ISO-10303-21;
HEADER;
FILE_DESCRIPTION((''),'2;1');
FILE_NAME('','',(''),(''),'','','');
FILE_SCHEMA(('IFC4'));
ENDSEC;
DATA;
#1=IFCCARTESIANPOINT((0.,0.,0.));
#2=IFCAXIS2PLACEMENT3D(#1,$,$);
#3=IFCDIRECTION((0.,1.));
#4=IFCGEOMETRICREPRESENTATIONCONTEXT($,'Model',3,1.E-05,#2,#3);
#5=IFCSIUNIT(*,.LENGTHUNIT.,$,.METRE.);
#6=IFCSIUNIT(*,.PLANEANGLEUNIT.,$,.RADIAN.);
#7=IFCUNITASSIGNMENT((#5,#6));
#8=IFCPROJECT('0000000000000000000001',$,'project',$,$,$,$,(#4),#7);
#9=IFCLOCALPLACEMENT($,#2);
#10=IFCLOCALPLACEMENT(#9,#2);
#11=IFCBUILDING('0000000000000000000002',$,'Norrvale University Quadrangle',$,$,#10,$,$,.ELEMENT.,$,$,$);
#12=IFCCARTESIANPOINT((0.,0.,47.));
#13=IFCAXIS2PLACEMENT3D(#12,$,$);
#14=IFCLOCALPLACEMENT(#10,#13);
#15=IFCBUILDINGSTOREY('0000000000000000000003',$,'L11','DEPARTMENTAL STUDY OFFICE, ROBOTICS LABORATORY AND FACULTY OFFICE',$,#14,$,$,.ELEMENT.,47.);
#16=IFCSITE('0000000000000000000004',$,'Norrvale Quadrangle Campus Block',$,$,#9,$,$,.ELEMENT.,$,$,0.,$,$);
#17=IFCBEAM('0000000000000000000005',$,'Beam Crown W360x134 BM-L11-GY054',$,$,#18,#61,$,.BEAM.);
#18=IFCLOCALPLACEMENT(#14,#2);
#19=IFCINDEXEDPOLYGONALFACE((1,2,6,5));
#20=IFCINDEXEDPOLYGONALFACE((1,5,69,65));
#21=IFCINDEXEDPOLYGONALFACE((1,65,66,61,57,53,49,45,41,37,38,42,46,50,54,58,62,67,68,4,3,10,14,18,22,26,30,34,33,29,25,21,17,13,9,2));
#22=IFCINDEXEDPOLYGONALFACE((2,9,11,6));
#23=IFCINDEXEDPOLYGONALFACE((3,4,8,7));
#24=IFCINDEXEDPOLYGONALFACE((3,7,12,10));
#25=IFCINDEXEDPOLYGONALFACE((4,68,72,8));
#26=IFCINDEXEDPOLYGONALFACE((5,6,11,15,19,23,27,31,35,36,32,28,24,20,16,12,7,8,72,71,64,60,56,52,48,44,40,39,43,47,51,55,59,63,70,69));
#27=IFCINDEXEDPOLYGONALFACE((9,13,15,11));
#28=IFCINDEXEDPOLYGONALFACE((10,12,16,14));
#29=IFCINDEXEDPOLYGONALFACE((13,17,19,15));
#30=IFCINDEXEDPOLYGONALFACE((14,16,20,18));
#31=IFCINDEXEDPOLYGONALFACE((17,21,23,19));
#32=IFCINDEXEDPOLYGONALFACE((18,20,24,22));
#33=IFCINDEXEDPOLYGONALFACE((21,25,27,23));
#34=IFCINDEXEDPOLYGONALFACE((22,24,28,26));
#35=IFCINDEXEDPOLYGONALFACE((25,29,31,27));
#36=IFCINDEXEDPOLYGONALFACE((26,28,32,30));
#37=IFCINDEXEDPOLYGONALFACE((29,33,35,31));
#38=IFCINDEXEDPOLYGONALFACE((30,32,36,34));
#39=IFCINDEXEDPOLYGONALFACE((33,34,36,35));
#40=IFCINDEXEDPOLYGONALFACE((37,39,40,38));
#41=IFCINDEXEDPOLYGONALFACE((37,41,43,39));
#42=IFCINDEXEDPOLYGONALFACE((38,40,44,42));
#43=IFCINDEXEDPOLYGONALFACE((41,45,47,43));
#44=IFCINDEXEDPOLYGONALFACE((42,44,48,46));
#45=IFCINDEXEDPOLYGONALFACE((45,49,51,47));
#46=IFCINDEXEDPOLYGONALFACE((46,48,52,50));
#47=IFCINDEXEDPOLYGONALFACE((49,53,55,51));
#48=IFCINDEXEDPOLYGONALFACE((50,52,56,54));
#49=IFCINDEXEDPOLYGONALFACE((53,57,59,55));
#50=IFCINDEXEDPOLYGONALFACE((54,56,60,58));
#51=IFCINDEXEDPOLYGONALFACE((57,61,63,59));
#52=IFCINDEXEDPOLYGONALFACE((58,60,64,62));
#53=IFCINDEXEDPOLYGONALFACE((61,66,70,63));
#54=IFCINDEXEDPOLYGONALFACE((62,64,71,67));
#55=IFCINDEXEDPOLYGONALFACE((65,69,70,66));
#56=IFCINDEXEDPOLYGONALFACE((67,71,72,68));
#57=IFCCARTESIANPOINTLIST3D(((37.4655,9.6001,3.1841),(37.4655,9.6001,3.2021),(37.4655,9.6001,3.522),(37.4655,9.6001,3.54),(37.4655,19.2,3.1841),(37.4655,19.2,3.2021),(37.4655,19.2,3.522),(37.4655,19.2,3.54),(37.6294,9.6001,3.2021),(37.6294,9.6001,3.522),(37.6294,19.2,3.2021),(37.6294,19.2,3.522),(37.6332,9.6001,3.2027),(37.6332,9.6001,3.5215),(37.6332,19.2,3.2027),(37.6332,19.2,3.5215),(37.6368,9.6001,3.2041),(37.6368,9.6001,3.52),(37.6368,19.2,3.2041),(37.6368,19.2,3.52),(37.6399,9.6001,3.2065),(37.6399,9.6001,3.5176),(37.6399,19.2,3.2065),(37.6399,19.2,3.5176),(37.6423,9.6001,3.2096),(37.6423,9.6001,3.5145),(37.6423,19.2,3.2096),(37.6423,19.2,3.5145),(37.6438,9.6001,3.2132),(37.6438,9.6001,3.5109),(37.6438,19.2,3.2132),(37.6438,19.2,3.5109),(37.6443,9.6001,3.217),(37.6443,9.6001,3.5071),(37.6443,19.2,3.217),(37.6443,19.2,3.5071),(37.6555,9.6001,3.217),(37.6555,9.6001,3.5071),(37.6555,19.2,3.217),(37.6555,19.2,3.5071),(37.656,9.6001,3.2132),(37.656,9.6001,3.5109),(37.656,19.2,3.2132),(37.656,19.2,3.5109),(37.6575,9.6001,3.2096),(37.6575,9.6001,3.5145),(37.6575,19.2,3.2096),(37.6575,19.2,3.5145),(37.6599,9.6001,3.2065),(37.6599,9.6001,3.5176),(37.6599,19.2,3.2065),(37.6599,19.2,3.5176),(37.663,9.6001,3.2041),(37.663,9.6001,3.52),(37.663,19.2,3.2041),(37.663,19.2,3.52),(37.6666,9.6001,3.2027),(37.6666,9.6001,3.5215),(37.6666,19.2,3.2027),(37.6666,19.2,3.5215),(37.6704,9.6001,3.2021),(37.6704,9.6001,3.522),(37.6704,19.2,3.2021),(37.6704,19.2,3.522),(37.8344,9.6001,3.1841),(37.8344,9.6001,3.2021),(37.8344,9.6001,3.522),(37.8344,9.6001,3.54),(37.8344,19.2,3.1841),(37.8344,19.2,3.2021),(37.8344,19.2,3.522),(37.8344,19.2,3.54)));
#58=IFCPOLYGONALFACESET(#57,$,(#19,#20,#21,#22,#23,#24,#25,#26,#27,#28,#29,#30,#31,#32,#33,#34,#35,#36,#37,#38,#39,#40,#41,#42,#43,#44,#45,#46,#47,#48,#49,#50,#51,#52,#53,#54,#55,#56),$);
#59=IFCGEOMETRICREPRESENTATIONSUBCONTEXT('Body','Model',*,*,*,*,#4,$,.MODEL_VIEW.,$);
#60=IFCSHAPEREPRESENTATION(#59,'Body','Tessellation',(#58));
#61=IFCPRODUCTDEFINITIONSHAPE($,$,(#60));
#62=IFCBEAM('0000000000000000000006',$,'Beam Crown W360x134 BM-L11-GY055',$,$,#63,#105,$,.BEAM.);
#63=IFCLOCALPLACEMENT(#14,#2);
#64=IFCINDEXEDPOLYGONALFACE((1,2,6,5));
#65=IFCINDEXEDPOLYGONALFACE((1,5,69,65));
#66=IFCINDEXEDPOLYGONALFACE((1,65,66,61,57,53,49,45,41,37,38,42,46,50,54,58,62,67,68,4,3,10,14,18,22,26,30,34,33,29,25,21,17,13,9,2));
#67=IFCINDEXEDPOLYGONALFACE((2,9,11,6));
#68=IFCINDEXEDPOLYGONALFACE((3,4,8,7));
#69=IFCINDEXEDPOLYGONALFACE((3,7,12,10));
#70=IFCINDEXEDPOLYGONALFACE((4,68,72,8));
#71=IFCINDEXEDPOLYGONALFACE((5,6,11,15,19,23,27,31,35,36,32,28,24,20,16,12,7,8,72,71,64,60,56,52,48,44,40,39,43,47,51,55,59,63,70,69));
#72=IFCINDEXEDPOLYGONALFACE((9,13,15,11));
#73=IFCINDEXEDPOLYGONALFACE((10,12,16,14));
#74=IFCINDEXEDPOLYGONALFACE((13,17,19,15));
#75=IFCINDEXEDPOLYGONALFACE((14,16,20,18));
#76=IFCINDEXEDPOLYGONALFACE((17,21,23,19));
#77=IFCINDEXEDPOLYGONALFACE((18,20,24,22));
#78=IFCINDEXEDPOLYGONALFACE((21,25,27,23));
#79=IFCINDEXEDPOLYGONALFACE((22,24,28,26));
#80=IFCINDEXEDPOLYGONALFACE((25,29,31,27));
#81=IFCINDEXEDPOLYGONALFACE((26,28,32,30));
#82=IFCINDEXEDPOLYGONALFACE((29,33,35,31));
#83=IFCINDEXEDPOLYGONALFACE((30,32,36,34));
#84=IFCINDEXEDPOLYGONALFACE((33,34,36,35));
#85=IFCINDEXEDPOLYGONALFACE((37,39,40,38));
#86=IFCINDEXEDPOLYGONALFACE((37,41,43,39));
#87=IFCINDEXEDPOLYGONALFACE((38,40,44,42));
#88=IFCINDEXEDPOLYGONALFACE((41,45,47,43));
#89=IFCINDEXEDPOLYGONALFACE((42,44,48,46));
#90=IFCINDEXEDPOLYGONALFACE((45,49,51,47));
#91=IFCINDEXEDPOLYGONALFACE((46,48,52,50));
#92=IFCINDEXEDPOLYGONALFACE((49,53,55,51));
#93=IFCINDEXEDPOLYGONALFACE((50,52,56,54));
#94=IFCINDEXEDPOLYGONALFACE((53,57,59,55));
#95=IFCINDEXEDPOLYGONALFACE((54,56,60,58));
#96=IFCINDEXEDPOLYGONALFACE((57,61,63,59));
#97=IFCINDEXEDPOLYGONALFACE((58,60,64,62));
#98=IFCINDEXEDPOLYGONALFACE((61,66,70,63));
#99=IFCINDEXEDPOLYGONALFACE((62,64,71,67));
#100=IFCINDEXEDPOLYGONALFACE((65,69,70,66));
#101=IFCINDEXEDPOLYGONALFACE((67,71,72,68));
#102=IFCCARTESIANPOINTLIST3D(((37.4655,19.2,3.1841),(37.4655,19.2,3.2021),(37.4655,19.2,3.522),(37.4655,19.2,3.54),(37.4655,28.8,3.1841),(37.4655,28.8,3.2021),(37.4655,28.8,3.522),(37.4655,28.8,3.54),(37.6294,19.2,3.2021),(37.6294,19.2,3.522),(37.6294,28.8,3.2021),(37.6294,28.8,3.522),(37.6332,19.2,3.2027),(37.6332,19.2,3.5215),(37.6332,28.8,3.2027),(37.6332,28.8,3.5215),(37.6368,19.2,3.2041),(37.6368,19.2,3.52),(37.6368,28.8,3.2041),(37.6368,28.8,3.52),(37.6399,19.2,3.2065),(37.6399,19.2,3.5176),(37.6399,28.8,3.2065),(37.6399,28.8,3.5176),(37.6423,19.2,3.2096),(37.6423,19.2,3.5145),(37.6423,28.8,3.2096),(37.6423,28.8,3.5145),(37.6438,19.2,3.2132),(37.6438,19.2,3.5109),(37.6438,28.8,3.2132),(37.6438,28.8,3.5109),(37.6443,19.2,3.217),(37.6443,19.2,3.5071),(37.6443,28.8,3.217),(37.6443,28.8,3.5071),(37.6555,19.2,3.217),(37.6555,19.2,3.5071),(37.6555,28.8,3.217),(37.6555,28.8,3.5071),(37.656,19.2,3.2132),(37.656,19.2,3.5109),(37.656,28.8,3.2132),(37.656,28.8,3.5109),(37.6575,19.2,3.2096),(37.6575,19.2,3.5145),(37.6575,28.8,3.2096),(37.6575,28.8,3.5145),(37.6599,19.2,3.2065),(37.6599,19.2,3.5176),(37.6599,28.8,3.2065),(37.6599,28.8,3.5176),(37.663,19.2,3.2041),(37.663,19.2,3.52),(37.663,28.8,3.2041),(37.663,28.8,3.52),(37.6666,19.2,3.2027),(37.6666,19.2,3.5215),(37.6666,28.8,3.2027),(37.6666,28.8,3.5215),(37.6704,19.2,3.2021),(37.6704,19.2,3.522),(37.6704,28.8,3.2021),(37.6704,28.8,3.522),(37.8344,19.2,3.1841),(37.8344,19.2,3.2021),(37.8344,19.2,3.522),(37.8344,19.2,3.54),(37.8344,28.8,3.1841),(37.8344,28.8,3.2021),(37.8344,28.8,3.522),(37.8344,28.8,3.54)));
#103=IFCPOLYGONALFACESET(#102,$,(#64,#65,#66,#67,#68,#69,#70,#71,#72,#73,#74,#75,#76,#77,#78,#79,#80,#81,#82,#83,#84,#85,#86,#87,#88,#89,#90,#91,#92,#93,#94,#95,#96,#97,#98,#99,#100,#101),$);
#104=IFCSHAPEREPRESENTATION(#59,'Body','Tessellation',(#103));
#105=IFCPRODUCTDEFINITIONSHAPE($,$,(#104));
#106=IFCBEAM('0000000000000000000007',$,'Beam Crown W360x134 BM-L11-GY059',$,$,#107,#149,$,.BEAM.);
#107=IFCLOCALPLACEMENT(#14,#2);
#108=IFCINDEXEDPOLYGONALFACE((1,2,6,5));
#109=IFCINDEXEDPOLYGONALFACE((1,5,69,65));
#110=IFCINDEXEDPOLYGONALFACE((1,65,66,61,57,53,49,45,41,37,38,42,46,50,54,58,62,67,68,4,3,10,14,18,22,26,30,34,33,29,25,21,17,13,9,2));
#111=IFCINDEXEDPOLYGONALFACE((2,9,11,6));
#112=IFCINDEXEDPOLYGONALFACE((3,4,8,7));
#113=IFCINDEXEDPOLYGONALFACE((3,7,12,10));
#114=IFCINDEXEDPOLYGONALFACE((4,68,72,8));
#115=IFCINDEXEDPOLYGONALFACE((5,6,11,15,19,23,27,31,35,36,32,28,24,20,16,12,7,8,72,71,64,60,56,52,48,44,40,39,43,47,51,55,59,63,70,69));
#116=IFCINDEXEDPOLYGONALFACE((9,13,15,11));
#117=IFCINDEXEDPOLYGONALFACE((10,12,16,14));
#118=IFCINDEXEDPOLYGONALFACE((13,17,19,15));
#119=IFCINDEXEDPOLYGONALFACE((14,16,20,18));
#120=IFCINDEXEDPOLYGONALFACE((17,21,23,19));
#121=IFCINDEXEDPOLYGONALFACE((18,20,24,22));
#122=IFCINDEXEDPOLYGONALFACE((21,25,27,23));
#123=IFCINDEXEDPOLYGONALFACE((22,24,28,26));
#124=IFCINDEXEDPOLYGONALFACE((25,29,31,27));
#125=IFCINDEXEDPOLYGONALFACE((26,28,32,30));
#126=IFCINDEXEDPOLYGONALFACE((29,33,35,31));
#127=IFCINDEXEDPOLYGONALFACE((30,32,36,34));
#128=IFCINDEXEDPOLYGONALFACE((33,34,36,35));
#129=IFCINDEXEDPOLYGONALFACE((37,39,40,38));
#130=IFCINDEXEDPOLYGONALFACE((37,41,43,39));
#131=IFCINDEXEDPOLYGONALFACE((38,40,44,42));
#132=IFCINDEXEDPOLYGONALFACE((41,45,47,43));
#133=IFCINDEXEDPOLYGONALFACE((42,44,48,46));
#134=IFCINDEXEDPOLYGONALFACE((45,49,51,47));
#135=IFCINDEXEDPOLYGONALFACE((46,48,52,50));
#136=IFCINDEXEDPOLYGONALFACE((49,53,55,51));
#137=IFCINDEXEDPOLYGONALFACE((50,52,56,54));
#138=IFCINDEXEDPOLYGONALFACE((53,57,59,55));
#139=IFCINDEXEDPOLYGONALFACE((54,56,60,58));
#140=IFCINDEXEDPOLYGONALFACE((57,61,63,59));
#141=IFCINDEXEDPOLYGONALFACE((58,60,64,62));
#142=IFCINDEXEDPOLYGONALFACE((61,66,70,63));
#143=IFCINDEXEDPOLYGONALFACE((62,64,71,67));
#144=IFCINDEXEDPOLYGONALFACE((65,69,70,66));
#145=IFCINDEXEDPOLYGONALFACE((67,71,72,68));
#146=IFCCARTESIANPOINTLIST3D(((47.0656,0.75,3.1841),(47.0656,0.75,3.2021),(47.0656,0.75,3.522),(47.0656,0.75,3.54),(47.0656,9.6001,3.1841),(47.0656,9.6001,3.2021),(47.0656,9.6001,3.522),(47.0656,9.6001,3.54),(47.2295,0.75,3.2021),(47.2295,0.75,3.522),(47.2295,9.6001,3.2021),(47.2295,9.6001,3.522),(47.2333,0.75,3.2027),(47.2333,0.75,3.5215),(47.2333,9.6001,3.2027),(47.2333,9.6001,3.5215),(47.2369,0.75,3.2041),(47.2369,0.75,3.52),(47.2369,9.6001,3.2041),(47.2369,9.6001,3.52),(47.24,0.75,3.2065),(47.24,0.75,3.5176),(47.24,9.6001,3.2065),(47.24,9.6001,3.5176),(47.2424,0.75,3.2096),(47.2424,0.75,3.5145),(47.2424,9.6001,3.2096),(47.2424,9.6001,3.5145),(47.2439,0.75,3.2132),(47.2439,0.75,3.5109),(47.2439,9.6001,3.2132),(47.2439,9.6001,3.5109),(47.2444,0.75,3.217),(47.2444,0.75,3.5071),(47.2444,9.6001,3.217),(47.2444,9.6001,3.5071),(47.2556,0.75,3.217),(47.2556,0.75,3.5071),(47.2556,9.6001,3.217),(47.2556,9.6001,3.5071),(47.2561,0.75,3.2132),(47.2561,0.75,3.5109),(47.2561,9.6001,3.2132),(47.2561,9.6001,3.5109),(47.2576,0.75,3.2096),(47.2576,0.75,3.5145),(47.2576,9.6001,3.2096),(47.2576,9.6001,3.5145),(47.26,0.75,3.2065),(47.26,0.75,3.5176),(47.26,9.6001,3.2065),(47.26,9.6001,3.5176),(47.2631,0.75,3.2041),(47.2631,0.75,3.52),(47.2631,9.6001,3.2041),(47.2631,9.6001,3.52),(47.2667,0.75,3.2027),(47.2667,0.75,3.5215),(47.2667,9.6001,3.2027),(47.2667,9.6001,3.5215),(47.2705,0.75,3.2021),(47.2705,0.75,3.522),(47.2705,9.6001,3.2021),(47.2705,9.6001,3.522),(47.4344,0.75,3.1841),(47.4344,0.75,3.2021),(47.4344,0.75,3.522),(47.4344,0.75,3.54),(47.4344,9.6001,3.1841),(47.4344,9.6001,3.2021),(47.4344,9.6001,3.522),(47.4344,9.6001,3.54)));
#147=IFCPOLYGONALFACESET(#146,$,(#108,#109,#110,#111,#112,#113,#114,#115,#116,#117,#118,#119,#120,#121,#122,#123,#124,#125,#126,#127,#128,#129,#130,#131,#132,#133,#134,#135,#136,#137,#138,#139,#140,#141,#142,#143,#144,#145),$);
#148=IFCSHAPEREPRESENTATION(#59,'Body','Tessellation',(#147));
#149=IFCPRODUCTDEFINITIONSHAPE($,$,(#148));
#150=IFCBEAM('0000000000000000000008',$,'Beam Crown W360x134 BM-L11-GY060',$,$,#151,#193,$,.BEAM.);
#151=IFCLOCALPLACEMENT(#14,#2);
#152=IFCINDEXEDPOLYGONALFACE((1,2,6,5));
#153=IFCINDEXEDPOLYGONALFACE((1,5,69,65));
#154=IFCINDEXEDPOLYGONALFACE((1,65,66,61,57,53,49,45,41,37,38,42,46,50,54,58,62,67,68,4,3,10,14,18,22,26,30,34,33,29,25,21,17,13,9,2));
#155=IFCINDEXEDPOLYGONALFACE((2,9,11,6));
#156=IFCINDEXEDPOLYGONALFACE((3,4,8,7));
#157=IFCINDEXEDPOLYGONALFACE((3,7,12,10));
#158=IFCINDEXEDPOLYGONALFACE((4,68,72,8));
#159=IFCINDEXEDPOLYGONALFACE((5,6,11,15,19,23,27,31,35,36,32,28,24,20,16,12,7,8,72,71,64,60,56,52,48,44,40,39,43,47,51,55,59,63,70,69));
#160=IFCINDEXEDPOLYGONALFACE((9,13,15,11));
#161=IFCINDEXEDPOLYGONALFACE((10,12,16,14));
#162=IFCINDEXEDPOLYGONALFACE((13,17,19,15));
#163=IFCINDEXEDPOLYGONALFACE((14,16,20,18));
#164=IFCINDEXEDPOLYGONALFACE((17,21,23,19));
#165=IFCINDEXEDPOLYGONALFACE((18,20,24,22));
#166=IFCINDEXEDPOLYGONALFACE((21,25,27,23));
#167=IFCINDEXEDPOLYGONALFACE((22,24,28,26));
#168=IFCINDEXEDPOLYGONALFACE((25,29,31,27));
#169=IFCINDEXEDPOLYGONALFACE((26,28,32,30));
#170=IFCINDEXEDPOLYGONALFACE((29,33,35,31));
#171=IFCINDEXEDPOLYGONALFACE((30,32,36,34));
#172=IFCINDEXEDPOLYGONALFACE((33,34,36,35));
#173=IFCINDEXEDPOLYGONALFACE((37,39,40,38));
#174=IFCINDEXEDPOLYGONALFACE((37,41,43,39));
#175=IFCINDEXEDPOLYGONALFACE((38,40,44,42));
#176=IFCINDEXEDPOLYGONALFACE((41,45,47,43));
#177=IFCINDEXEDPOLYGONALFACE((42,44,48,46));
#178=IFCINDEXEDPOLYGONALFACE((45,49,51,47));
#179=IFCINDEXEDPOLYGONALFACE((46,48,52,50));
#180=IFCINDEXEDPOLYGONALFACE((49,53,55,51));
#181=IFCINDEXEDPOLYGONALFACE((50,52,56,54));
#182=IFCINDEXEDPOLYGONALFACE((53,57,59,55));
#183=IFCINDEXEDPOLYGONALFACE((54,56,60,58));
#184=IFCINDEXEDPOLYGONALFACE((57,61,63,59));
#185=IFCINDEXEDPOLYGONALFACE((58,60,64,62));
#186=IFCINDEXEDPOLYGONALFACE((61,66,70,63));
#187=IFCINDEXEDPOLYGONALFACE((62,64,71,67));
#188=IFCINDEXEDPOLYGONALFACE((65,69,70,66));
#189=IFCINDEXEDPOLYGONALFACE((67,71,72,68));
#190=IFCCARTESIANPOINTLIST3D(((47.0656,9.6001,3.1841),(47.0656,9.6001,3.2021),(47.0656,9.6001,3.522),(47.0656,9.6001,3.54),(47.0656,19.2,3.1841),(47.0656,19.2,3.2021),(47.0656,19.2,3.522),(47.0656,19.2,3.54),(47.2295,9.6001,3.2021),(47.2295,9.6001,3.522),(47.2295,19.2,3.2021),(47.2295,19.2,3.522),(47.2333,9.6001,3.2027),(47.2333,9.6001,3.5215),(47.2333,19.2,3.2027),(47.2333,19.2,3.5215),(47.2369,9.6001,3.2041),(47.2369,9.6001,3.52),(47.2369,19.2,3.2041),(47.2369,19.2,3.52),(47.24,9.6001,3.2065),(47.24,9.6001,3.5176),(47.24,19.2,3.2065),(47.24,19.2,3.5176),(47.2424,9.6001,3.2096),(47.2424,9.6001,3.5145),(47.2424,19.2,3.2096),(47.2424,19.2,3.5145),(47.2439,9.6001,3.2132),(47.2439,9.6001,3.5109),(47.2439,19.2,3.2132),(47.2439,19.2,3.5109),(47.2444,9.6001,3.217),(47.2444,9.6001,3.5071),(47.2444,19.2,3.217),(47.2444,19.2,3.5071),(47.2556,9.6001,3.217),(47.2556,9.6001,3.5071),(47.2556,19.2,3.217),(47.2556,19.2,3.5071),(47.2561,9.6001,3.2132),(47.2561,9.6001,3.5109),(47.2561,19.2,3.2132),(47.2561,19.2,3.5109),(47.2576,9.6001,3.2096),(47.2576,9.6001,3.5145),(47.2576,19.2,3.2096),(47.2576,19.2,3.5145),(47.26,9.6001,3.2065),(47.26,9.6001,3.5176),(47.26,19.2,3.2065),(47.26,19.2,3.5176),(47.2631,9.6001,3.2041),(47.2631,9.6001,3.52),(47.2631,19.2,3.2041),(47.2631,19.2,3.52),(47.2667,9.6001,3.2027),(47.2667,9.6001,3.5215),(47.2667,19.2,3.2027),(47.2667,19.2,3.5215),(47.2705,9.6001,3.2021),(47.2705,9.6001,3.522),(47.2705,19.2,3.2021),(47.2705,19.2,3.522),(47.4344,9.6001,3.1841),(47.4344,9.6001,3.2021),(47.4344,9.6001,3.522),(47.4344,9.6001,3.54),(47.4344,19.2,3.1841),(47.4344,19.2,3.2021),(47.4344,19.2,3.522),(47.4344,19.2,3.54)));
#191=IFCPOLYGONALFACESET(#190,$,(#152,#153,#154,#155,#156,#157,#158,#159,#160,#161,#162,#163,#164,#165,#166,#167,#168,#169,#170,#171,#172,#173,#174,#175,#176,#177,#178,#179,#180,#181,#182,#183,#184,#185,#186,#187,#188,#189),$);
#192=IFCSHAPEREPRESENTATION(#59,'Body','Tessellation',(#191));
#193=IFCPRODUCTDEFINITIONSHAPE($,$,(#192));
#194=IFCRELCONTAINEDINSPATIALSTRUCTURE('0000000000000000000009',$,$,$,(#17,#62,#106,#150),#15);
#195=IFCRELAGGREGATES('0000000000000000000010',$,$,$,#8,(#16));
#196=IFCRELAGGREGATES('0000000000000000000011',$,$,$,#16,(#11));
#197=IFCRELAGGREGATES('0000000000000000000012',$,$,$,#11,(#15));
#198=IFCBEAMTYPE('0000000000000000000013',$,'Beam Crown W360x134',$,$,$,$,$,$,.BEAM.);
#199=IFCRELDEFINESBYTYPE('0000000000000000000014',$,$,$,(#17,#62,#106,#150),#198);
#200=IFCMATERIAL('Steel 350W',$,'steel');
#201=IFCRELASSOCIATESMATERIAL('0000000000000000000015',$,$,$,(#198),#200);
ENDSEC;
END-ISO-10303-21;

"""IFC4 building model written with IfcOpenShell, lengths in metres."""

from ifc_helpers import new_model, si_unit, direction, frame, origin, origin_2d, place, context, subcontext, project, spatial, i_section, extrude, material, material_profile, profile_set, type_object, element, save


model = new_model("IFC4")

# Units and contexts
model_context = context("Model", 3, precision=1e-05, world=origin(), true_north=direction((0.0, 1.0)))
body_context = subcontext(model_context, "Body", "Model", "MODEL_VIEW")
ifc_project = project(units=[si_unit("LENGTHUNIT", "METRE"), si_unit("PLANEANGLEUNIT", "RADIAN")], contexts=[model_context])

# Site, building, storey
site_placement = place(None, origin())
site = spatial("IfcSite", under=ifc_project, at=site_placement, Name="Norrvale Quadrangle Campus Block", CompositionType="ELEMENT", RefElevation=0.0)
building_placement = place(site_placement, origin())
building = spatial("IfcBuilding", under=site, at=building_placement, Name="Norrvale University Quadrangle", CompositionType="ELEMENT")
storey_placement = place(building_placement, frame((0.0, 0.0, 47.0)))
storey = spatial("IfcBuildingStorey", under=building, at=storey_placement, Name="L11", Description="DEPARTMENTAL STUDY OFFICE, ROBOTICS LABORATORY AND FACULTY OFFICE", CompositionType="ELEMENT", Elevation=47.0)

# Beams
ifc_material_1 = material(Name="Steel 350W", Category="steel")
ifc_material_profile_1 = material_profile(ifc_material_1, i_section(OverallWidth=0.3689, OverallDepth=0.356, WebThickness=0.0112, FlangeThickness=0.0181, FilletRadius=0.0149, at=origin_2d()), Name="Steel 350W")
ifc_profile_set_1 = profile_set([ifc_material_profile_1], Name="Steel 350W")
beam_type_1 = type_object("IfcBeamType", Name="Beam Crown W360x134", PredefinedType="BEAM", material=ifc_profile_set_1)
beam_1_placement = place(storey_placement, frame((37.6499, 9.6001, 3.3621), z_axis=(0.0, 1.0, 0.0), x_axis=(-1.0, 0.0, 0.0)))
element("IfcBeam", 1, at=beam_1_placement, inside=storey, type_object=beam_type_1, Name="Beam Crown W360x134 BM-L11-GY054", PredefinedType="BEAM", context=body_context, shape_type="SweptSolid", body=[
    extrude(i_section(OverallWidth=0.3689, OverallDepth=0.356, WebThickness=0.0112, FlangeThickness=0.0181, FilletRadius=0.0149, at=origin_2d()), origin(), (0.0, 0.0, 1.0), 9.5999),
])
beam_2_placement = place(storey_placement, frame((37.6499, 19.2, 3.3621), z_axis=(0.0, 1.0, 0.0), x_axis=(-1.0, 0.0, 0.0)))
element("IfcBeam", 2, at=beam_2_placement, inside=storey, type_object=beam_type_1, Name="Beam Crown W360x134 BM-L11-GY055", PredefinedType="BEAM", context=body_context, shape_type="SweptSolid", body=[
    extrude(i_section(OverallWidth=0.3689, OverallDepth=0.356, WebThickness=0.0112, FlangeThickness=0.0181, FilletRadius=0.0149, at=origin_2d()), origin(), (0.0, 0.0, 1.0), 9.6001),
])
beam_3_placement = place(storey_placement, frame((47.25, 0.75, 3.3621), z_axis=(0.0, 1.0, 0.0), x_axis=(-1.0, 0.0, 0.0)))
element("IfcBeam", 3, at=beam_3_placement, inside=storey, type_object=beam_type_1, Name="Beam Crown W360x134 BM-L11-GY059", PredefinedType="BEAM", context=body_context, shape_type="SweptSolid", body=[
    extrude(i_section(OverallWidth=0.3689, OverallDepth=0.356, WebThickness=0.0112, FlangeThickness=0.0181, FilletRadius=0.0149, at=origin_2d()), origin(), (0.0, 0.0, 1.0), 8.8501),
])
beam_4_placement = place(storey_placement, frame((47.25, 9.6001, 3.3621), z_axis=(0.0, 1.0, 0.0), x_axis=(-1.0, 0.0, 0.0)))
element("IfcBeam", 4, at=beam_4_placement, inside=storey, type_object=beam_type_1, Name="Beam Crown W360x134 BM-L11-GY060", PredefinedType="BEAM", context=body_context, shape_type="SweptSolid", body=[
    extrude(i_section(OverallWidth=0.3689, OverallDepth=0.356, WebThickness=0.0112, FlangeThickness=0.0181, FilletRadius=0.0149, at=origin_2d()), origin(), (0.0, 0.0, 1.0), 9.5999),
])

save(model, "model.ifc")
